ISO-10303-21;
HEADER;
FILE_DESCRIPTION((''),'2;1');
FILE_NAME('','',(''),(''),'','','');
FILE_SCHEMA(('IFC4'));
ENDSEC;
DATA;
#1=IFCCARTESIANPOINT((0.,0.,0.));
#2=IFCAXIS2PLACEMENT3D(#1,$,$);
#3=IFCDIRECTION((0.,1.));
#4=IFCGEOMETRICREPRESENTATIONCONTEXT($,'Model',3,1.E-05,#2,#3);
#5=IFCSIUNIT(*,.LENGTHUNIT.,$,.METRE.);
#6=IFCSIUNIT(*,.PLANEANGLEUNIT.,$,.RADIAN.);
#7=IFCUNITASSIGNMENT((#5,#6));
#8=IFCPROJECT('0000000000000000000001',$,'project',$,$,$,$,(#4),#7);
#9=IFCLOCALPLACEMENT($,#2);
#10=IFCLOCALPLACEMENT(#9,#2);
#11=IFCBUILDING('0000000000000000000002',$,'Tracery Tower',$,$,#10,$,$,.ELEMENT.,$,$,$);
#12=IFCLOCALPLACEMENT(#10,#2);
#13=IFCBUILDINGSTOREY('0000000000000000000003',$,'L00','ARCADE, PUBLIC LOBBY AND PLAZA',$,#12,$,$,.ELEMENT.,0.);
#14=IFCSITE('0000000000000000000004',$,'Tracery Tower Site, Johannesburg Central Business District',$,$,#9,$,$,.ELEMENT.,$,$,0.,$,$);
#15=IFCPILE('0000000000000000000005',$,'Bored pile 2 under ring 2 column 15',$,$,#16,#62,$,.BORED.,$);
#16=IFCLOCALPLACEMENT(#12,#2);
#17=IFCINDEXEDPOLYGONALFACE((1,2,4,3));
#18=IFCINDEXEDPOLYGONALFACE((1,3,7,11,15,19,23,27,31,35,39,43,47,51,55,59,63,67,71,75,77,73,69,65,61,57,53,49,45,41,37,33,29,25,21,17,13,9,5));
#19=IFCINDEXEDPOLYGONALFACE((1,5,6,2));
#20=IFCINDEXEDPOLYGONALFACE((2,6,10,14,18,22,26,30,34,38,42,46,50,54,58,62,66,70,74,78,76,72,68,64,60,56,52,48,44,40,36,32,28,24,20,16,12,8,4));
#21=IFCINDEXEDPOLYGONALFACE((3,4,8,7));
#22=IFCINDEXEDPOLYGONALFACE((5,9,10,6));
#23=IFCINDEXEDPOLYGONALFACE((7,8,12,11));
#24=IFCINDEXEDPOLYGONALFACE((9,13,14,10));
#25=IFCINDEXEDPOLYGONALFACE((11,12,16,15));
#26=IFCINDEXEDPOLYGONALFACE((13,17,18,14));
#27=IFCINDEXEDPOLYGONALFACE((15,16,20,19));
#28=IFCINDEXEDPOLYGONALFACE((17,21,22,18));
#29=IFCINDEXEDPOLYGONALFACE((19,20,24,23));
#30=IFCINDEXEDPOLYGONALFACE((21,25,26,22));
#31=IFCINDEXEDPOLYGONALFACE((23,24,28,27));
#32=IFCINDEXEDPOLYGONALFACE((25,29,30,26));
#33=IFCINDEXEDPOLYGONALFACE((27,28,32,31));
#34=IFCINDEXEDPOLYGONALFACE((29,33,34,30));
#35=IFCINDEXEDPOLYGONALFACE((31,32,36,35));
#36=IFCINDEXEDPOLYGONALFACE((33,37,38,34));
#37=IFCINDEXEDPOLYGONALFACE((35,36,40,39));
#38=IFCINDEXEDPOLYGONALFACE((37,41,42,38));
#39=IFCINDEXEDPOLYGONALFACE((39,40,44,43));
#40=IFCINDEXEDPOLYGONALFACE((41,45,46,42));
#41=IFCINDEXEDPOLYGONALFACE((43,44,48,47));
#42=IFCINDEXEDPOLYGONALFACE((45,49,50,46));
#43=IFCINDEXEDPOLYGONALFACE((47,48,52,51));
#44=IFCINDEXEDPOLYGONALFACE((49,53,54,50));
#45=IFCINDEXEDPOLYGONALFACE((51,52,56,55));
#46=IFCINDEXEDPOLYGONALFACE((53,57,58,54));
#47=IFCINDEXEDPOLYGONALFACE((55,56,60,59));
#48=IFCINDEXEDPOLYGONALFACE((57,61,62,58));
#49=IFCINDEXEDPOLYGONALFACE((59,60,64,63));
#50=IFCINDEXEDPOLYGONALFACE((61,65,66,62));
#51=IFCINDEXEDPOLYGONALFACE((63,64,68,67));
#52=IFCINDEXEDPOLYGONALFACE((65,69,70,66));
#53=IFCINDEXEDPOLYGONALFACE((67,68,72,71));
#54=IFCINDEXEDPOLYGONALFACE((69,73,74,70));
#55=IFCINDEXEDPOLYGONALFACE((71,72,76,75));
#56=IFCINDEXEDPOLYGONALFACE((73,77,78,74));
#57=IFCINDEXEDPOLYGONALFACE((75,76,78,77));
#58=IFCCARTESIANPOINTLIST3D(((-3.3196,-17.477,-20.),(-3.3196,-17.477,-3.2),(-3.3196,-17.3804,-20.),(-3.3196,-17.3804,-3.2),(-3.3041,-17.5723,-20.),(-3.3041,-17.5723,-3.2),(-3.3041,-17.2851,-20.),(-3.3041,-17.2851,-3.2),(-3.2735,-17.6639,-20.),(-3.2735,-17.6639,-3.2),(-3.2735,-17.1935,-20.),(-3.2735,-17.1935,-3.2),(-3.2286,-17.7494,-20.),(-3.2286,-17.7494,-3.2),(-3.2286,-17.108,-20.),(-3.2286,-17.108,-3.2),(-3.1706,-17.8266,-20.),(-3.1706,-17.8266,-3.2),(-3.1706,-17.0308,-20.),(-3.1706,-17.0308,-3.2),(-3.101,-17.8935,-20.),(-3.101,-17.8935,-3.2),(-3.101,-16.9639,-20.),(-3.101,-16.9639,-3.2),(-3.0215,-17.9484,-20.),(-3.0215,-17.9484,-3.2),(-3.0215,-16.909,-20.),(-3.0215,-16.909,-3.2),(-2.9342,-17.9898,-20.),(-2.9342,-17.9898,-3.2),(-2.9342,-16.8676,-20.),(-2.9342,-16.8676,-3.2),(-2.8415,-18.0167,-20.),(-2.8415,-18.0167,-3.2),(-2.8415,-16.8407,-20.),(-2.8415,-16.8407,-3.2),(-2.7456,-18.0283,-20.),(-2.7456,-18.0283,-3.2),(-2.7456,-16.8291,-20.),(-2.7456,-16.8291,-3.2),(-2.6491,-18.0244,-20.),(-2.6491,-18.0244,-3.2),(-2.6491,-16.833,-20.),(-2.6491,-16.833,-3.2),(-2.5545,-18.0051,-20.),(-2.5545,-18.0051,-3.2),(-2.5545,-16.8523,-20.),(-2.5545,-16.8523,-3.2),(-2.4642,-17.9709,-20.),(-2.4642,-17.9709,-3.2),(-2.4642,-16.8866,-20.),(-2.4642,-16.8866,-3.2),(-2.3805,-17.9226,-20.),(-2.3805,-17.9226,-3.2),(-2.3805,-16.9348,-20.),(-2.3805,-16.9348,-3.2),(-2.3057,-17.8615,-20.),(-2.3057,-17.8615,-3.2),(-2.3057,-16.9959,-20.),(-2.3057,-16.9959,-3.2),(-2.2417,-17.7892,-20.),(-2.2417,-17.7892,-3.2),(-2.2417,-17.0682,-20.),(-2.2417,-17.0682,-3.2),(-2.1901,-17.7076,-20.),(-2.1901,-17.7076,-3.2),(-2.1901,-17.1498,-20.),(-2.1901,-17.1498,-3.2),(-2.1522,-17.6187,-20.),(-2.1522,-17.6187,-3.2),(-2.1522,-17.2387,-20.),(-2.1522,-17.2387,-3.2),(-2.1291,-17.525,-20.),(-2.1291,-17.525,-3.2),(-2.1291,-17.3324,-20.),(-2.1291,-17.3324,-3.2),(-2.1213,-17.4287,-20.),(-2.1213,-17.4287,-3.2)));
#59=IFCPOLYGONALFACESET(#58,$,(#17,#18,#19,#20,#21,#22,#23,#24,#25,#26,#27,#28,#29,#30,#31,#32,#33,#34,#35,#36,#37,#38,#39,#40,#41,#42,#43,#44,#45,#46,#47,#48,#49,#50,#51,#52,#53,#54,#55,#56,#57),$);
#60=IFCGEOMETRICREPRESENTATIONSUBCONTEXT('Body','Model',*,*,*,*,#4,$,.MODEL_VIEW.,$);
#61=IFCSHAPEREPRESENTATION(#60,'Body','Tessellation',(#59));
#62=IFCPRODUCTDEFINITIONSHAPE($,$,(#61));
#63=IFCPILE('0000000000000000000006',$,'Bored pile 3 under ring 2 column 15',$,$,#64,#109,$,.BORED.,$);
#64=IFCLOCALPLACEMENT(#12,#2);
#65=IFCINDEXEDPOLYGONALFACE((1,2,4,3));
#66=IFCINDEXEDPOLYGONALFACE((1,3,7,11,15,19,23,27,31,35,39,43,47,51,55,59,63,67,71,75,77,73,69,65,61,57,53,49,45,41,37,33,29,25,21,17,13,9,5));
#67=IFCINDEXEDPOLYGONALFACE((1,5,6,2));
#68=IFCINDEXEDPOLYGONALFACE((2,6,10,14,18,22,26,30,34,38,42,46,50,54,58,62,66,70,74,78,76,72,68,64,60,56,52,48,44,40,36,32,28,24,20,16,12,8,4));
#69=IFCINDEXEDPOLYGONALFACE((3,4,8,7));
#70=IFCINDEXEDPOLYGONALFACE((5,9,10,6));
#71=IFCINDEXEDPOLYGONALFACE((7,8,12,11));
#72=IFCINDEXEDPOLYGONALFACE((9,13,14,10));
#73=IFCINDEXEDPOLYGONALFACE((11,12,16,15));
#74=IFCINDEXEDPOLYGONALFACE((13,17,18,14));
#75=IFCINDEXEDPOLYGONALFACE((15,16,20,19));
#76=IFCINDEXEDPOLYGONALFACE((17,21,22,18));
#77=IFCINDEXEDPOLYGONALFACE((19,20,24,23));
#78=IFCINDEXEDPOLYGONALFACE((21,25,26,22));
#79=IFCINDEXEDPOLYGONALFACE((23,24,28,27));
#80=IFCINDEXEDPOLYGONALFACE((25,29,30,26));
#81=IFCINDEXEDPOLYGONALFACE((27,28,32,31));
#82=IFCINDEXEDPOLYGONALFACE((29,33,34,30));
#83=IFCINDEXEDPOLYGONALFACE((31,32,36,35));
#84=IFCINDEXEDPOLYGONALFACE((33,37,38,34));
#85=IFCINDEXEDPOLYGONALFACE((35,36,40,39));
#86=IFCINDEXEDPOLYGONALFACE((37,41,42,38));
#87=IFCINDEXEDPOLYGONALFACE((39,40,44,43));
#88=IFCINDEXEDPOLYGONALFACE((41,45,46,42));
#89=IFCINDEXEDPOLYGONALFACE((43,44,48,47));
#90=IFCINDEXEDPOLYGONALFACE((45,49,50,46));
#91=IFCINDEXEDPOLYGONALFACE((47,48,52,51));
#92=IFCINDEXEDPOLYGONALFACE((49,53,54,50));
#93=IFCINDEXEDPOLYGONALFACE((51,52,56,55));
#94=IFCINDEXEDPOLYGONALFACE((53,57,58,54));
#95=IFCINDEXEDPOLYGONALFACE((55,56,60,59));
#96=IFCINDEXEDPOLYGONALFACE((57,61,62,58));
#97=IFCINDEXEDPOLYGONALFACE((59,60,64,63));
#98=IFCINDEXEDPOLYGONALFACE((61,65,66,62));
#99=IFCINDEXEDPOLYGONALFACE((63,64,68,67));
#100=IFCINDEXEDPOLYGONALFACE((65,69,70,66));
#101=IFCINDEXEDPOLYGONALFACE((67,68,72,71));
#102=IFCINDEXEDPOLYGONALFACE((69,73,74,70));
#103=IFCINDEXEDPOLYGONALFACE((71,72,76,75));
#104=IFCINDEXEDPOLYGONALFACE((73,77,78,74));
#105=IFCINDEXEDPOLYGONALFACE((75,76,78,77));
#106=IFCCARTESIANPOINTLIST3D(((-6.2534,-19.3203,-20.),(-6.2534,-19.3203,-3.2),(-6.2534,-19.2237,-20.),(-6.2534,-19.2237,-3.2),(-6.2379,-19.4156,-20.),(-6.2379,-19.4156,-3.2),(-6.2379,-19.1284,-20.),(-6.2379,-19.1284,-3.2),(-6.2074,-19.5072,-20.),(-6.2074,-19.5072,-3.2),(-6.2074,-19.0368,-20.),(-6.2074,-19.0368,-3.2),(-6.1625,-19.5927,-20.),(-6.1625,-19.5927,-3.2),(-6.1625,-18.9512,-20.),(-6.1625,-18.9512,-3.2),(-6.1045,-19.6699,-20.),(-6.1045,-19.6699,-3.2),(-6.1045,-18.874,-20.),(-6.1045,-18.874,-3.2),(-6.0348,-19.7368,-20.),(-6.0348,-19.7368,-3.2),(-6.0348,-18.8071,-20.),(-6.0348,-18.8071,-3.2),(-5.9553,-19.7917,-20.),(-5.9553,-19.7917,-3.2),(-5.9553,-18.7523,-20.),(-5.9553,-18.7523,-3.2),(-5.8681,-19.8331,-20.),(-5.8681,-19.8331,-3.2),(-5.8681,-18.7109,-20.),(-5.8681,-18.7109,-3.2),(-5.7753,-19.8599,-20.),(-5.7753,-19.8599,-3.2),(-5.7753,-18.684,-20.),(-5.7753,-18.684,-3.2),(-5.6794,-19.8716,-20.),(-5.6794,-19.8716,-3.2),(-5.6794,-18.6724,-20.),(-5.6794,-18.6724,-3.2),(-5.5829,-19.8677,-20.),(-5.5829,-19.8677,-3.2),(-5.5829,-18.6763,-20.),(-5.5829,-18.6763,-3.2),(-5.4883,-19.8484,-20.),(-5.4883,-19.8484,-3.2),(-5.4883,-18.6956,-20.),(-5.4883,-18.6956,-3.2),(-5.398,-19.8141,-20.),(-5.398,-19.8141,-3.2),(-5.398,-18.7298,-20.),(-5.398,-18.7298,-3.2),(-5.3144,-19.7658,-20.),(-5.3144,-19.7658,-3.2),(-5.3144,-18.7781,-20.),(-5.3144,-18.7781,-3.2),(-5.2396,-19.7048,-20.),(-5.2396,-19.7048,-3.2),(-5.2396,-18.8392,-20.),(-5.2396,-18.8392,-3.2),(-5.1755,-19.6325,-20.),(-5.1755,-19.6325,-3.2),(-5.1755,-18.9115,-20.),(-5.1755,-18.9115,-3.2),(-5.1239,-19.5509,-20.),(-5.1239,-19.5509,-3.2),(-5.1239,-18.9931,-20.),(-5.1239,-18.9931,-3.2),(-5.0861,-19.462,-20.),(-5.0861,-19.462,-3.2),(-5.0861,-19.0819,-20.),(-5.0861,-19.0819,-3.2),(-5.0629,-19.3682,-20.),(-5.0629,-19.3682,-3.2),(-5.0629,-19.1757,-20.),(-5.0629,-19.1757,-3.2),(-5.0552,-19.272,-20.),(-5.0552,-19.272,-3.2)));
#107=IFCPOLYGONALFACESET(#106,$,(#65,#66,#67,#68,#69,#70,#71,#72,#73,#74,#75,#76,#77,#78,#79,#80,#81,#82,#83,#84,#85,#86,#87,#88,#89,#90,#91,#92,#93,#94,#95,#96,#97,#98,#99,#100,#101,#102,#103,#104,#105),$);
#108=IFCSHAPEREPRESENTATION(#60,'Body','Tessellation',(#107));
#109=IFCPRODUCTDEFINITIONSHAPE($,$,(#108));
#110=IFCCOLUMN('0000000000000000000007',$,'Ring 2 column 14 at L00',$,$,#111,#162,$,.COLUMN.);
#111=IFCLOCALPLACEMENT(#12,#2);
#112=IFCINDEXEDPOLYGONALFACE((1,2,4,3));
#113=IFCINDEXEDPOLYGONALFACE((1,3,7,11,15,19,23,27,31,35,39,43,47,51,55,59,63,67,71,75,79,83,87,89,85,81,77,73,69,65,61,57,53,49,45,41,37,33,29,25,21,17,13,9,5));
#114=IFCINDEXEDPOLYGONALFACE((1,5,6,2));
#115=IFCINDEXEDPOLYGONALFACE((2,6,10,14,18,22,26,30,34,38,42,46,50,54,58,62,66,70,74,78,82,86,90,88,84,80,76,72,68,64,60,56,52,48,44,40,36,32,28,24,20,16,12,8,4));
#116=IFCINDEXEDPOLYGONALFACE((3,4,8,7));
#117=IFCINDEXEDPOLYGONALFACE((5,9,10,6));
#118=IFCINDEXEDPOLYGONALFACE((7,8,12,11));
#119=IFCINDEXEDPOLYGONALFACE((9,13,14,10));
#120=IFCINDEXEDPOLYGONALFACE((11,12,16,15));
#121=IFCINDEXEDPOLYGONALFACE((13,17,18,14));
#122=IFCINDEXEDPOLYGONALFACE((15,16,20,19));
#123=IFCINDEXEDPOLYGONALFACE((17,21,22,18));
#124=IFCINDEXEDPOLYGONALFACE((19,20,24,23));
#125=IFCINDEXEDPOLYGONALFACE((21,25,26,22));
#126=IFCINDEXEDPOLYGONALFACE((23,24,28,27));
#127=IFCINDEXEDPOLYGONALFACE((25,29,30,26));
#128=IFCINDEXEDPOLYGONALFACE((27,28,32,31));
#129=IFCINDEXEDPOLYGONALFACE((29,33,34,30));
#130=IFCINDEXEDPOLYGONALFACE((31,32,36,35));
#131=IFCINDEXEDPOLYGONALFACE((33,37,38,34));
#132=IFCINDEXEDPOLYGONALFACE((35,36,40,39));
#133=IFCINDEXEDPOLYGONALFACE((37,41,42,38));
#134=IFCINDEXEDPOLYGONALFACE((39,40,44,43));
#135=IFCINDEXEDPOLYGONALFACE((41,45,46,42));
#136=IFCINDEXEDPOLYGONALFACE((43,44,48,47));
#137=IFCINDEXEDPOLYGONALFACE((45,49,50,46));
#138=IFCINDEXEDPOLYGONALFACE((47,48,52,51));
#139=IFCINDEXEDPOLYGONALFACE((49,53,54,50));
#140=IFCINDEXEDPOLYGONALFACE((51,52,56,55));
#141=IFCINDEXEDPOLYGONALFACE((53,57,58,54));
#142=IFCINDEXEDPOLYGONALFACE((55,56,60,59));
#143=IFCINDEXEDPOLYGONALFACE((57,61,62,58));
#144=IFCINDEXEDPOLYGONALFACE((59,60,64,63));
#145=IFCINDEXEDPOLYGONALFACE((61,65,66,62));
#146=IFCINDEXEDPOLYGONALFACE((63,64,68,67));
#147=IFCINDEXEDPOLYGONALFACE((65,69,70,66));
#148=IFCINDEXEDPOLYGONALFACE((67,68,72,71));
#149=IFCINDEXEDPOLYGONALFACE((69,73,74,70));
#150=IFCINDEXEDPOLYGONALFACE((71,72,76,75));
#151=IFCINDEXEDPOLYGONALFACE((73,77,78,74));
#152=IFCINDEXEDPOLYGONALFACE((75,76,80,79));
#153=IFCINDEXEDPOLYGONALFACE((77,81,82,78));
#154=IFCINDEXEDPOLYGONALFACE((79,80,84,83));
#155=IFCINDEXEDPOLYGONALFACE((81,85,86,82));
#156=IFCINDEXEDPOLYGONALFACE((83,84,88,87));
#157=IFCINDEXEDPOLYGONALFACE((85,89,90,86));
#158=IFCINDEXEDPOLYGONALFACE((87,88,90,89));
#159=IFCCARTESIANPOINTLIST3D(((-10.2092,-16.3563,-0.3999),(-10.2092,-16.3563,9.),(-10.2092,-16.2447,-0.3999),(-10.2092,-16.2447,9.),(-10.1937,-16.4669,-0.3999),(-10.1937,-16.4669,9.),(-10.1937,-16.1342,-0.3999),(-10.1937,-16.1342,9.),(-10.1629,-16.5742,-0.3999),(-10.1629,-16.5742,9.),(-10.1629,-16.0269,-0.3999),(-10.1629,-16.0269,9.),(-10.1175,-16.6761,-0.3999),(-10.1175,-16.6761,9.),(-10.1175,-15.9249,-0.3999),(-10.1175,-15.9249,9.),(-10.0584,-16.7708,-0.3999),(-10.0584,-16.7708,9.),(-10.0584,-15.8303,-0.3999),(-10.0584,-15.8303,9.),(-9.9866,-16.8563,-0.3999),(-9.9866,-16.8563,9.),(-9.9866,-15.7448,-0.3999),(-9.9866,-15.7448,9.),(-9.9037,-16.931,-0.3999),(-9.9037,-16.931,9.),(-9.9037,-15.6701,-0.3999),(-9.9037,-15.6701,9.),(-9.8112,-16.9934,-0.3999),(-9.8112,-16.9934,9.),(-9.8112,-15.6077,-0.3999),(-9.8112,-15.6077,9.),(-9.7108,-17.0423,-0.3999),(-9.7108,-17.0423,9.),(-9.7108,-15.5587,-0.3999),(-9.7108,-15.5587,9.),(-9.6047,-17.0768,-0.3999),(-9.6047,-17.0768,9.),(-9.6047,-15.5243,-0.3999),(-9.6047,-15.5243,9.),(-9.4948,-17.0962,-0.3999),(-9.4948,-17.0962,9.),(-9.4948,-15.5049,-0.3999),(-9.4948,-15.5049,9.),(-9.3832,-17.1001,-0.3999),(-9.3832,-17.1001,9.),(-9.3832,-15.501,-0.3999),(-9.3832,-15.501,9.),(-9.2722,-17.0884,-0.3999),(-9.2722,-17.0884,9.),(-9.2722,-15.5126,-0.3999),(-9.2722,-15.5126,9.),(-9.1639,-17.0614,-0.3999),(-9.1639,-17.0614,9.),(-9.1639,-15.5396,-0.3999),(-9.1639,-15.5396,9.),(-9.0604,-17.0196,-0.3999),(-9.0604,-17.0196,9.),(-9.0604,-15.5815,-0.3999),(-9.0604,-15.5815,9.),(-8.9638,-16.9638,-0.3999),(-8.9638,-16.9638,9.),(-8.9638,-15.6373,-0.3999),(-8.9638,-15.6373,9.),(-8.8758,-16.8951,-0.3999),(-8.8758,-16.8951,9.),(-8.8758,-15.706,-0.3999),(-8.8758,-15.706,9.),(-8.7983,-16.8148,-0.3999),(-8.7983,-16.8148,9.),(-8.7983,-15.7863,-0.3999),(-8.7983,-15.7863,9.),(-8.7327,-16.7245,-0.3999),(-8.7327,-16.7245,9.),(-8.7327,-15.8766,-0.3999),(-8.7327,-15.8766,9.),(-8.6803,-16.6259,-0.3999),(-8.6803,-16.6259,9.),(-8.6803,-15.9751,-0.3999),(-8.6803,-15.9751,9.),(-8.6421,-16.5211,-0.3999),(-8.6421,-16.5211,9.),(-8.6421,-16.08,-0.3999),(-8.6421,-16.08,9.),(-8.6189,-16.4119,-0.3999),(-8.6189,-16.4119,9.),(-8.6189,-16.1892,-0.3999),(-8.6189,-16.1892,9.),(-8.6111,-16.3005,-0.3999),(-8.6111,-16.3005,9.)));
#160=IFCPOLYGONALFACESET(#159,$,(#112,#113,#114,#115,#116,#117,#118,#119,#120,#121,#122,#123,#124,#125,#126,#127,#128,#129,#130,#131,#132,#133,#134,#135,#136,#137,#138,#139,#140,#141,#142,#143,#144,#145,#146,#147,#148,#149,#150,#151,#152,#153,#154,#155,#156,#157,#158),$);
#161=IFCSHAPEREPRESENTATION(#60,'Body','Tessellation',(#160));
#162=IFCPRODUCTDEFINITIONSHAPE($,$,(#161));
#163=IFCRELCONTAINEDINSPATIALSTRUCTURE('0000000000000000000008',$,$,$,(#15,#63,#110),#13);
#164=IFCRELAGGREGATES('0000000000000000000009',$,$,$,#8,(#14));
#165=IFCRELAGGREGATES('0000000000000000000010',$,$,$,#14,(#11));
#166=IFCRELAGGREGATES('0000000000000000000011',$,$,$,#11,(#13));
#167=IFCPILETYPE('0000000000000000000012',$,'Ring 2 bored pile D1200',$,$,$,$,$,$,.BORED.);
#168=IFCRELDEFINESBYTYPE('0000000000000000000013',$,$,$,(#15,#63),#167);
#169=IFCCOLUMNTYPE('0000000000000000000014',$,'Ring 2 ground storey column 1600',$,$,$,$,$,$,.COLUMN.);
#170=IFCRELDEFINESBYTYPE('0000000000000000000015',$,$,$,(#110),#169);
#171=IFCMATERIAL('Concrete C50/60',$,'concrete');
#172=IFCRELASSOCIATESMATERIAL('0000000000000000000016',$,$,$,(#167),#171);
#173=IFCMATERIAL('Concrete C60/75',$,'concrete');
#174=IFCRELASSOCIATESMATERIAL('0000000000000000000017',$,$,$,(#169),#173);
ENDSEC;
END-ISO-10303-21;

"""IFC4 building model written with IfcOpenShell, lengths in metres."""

from ifc_helpers import new_model, si_unit, direction, frame, origin, origin_2d, place, context, subcontext, project, spatial, circle, extrude, material, material_profile, profile_set, type_object, element, save


model = new_model("IFC4")

# Units and contexts
model_context = context("Model", 3, precision=1e-05, world=origin(), true_north=direction((0.0, 1.0)))
body_context = subcontext(model_context, "Body", "Model", "MODEL_VIEW")
ifc_project = project(units=[si_unit("LENGTHUNIT", "METRE"), si_unit("PLANEANGLEUNIT", "RADIAN")], contexts=[model_context])

# Site, building, storey
site_placement = place(None, origin())
site = spatial("IfcSite", under=ifc_project, at=site_placement, Name="Tracery Tower Site, Johannesburg Central Business District", CompositionType="ELEMENT", RefElevation=0.0)
building_placement = place(site_placement, origin())
building = spatial("IfcBuilding", under=site, at=building_placement, Name="Tracery Tower", CompositionType="ELEMENT")
storey_placement = place(building_placement, origin())
storey = spatial("IfcBuildingStorey", under=building, at=storey_placement, Name="L00", Description="ARCADE, PUBLIC LOBBY AND PLAZA", CompositionType="ELEMENT", Elevation=0.0)

# Piles
ifc_material_1 = material(Name="Concrete C50/60", Category="concrete")
ifc_material_profile_1 = material_profile(ifc_material_1, circle(Radius=0.6001, at=origin_2d()), Name="RC D1200")
ifc_profile_set_1 = profile_set([ifc_material_profile_1], Name="Concrete C50/60")
pile_type_1 = type_object("IfcPileType", Name="Ring 2 bored pile D1200", PredefinedType="BORED", material=ifc_profile_set_1)
for number, where, z_axis, x_axis, name in (
    (1, (-2.7214, -17.4287, -3.2), (0.0, 0.0, -1.0), (1.0, 0.0, 0.0), "Bored pile 2 under ring 2 column 15"),
    (2, (-5.6553, -19.272, -3.2), (0.0, 0.0, -1.0), (1.0, 0.0, 0.0), "Bored pile 3 under ring 2 column 15"),
):
    element("IfcPile", number, at=place(storey_placement, frame(where, z_axis=z_axis, x_axis=x_axis)), inside=storey, type_object=pile_type_1, Name=name, PredefinedType="BORED", context=body_context, shape_type="SweptSolid", body=[
        extrude(circle(Radius=0.6001, at=origin_2d()), origin(), (0.0, 0.0, 1.0), 16.8),
    ])

# Column
ifc_material_2 = material(Name="Concrete C60/75", Category="concrete")
ifc_material_profile_2 = material_profile(ifc_material_2, circle(Radius=0.8, at=origin_2d()), Name="RC D1600")
ifc_profile_set_2 = profile_set([ifc_material_profile_2], Name="Concrete C60/75")
column_type = type_object("IfcColumnType", Name="Ring 2 ground storey column 1600", PredefinedType="COLUMN", material=ifc_profile_set_2)
for number, where, z_axis, x_axis, name in (
    (3, (-9.4111, -16.3005, -0.3999), (0.0, 0.0, 1.0), (1.0, 0.0, 0.0), "Ring 2 column 14 at L00"),
):
    element("IfcColumn", number, at=place(storey_placement, frame(where, z_axis=z_axis, x_axis=x_axis)), inside=storey, type_object=column_type, Name=name, PredefinedType="COLUMN", context=body_context, shape_type="SweptSolid", body=[
        extrude(circle(Radius=0.8, at=origin_2d()), origin(), (0.0, 0.0, 1.0), 9.3999),
    ])

save(model, "model.ifc")
